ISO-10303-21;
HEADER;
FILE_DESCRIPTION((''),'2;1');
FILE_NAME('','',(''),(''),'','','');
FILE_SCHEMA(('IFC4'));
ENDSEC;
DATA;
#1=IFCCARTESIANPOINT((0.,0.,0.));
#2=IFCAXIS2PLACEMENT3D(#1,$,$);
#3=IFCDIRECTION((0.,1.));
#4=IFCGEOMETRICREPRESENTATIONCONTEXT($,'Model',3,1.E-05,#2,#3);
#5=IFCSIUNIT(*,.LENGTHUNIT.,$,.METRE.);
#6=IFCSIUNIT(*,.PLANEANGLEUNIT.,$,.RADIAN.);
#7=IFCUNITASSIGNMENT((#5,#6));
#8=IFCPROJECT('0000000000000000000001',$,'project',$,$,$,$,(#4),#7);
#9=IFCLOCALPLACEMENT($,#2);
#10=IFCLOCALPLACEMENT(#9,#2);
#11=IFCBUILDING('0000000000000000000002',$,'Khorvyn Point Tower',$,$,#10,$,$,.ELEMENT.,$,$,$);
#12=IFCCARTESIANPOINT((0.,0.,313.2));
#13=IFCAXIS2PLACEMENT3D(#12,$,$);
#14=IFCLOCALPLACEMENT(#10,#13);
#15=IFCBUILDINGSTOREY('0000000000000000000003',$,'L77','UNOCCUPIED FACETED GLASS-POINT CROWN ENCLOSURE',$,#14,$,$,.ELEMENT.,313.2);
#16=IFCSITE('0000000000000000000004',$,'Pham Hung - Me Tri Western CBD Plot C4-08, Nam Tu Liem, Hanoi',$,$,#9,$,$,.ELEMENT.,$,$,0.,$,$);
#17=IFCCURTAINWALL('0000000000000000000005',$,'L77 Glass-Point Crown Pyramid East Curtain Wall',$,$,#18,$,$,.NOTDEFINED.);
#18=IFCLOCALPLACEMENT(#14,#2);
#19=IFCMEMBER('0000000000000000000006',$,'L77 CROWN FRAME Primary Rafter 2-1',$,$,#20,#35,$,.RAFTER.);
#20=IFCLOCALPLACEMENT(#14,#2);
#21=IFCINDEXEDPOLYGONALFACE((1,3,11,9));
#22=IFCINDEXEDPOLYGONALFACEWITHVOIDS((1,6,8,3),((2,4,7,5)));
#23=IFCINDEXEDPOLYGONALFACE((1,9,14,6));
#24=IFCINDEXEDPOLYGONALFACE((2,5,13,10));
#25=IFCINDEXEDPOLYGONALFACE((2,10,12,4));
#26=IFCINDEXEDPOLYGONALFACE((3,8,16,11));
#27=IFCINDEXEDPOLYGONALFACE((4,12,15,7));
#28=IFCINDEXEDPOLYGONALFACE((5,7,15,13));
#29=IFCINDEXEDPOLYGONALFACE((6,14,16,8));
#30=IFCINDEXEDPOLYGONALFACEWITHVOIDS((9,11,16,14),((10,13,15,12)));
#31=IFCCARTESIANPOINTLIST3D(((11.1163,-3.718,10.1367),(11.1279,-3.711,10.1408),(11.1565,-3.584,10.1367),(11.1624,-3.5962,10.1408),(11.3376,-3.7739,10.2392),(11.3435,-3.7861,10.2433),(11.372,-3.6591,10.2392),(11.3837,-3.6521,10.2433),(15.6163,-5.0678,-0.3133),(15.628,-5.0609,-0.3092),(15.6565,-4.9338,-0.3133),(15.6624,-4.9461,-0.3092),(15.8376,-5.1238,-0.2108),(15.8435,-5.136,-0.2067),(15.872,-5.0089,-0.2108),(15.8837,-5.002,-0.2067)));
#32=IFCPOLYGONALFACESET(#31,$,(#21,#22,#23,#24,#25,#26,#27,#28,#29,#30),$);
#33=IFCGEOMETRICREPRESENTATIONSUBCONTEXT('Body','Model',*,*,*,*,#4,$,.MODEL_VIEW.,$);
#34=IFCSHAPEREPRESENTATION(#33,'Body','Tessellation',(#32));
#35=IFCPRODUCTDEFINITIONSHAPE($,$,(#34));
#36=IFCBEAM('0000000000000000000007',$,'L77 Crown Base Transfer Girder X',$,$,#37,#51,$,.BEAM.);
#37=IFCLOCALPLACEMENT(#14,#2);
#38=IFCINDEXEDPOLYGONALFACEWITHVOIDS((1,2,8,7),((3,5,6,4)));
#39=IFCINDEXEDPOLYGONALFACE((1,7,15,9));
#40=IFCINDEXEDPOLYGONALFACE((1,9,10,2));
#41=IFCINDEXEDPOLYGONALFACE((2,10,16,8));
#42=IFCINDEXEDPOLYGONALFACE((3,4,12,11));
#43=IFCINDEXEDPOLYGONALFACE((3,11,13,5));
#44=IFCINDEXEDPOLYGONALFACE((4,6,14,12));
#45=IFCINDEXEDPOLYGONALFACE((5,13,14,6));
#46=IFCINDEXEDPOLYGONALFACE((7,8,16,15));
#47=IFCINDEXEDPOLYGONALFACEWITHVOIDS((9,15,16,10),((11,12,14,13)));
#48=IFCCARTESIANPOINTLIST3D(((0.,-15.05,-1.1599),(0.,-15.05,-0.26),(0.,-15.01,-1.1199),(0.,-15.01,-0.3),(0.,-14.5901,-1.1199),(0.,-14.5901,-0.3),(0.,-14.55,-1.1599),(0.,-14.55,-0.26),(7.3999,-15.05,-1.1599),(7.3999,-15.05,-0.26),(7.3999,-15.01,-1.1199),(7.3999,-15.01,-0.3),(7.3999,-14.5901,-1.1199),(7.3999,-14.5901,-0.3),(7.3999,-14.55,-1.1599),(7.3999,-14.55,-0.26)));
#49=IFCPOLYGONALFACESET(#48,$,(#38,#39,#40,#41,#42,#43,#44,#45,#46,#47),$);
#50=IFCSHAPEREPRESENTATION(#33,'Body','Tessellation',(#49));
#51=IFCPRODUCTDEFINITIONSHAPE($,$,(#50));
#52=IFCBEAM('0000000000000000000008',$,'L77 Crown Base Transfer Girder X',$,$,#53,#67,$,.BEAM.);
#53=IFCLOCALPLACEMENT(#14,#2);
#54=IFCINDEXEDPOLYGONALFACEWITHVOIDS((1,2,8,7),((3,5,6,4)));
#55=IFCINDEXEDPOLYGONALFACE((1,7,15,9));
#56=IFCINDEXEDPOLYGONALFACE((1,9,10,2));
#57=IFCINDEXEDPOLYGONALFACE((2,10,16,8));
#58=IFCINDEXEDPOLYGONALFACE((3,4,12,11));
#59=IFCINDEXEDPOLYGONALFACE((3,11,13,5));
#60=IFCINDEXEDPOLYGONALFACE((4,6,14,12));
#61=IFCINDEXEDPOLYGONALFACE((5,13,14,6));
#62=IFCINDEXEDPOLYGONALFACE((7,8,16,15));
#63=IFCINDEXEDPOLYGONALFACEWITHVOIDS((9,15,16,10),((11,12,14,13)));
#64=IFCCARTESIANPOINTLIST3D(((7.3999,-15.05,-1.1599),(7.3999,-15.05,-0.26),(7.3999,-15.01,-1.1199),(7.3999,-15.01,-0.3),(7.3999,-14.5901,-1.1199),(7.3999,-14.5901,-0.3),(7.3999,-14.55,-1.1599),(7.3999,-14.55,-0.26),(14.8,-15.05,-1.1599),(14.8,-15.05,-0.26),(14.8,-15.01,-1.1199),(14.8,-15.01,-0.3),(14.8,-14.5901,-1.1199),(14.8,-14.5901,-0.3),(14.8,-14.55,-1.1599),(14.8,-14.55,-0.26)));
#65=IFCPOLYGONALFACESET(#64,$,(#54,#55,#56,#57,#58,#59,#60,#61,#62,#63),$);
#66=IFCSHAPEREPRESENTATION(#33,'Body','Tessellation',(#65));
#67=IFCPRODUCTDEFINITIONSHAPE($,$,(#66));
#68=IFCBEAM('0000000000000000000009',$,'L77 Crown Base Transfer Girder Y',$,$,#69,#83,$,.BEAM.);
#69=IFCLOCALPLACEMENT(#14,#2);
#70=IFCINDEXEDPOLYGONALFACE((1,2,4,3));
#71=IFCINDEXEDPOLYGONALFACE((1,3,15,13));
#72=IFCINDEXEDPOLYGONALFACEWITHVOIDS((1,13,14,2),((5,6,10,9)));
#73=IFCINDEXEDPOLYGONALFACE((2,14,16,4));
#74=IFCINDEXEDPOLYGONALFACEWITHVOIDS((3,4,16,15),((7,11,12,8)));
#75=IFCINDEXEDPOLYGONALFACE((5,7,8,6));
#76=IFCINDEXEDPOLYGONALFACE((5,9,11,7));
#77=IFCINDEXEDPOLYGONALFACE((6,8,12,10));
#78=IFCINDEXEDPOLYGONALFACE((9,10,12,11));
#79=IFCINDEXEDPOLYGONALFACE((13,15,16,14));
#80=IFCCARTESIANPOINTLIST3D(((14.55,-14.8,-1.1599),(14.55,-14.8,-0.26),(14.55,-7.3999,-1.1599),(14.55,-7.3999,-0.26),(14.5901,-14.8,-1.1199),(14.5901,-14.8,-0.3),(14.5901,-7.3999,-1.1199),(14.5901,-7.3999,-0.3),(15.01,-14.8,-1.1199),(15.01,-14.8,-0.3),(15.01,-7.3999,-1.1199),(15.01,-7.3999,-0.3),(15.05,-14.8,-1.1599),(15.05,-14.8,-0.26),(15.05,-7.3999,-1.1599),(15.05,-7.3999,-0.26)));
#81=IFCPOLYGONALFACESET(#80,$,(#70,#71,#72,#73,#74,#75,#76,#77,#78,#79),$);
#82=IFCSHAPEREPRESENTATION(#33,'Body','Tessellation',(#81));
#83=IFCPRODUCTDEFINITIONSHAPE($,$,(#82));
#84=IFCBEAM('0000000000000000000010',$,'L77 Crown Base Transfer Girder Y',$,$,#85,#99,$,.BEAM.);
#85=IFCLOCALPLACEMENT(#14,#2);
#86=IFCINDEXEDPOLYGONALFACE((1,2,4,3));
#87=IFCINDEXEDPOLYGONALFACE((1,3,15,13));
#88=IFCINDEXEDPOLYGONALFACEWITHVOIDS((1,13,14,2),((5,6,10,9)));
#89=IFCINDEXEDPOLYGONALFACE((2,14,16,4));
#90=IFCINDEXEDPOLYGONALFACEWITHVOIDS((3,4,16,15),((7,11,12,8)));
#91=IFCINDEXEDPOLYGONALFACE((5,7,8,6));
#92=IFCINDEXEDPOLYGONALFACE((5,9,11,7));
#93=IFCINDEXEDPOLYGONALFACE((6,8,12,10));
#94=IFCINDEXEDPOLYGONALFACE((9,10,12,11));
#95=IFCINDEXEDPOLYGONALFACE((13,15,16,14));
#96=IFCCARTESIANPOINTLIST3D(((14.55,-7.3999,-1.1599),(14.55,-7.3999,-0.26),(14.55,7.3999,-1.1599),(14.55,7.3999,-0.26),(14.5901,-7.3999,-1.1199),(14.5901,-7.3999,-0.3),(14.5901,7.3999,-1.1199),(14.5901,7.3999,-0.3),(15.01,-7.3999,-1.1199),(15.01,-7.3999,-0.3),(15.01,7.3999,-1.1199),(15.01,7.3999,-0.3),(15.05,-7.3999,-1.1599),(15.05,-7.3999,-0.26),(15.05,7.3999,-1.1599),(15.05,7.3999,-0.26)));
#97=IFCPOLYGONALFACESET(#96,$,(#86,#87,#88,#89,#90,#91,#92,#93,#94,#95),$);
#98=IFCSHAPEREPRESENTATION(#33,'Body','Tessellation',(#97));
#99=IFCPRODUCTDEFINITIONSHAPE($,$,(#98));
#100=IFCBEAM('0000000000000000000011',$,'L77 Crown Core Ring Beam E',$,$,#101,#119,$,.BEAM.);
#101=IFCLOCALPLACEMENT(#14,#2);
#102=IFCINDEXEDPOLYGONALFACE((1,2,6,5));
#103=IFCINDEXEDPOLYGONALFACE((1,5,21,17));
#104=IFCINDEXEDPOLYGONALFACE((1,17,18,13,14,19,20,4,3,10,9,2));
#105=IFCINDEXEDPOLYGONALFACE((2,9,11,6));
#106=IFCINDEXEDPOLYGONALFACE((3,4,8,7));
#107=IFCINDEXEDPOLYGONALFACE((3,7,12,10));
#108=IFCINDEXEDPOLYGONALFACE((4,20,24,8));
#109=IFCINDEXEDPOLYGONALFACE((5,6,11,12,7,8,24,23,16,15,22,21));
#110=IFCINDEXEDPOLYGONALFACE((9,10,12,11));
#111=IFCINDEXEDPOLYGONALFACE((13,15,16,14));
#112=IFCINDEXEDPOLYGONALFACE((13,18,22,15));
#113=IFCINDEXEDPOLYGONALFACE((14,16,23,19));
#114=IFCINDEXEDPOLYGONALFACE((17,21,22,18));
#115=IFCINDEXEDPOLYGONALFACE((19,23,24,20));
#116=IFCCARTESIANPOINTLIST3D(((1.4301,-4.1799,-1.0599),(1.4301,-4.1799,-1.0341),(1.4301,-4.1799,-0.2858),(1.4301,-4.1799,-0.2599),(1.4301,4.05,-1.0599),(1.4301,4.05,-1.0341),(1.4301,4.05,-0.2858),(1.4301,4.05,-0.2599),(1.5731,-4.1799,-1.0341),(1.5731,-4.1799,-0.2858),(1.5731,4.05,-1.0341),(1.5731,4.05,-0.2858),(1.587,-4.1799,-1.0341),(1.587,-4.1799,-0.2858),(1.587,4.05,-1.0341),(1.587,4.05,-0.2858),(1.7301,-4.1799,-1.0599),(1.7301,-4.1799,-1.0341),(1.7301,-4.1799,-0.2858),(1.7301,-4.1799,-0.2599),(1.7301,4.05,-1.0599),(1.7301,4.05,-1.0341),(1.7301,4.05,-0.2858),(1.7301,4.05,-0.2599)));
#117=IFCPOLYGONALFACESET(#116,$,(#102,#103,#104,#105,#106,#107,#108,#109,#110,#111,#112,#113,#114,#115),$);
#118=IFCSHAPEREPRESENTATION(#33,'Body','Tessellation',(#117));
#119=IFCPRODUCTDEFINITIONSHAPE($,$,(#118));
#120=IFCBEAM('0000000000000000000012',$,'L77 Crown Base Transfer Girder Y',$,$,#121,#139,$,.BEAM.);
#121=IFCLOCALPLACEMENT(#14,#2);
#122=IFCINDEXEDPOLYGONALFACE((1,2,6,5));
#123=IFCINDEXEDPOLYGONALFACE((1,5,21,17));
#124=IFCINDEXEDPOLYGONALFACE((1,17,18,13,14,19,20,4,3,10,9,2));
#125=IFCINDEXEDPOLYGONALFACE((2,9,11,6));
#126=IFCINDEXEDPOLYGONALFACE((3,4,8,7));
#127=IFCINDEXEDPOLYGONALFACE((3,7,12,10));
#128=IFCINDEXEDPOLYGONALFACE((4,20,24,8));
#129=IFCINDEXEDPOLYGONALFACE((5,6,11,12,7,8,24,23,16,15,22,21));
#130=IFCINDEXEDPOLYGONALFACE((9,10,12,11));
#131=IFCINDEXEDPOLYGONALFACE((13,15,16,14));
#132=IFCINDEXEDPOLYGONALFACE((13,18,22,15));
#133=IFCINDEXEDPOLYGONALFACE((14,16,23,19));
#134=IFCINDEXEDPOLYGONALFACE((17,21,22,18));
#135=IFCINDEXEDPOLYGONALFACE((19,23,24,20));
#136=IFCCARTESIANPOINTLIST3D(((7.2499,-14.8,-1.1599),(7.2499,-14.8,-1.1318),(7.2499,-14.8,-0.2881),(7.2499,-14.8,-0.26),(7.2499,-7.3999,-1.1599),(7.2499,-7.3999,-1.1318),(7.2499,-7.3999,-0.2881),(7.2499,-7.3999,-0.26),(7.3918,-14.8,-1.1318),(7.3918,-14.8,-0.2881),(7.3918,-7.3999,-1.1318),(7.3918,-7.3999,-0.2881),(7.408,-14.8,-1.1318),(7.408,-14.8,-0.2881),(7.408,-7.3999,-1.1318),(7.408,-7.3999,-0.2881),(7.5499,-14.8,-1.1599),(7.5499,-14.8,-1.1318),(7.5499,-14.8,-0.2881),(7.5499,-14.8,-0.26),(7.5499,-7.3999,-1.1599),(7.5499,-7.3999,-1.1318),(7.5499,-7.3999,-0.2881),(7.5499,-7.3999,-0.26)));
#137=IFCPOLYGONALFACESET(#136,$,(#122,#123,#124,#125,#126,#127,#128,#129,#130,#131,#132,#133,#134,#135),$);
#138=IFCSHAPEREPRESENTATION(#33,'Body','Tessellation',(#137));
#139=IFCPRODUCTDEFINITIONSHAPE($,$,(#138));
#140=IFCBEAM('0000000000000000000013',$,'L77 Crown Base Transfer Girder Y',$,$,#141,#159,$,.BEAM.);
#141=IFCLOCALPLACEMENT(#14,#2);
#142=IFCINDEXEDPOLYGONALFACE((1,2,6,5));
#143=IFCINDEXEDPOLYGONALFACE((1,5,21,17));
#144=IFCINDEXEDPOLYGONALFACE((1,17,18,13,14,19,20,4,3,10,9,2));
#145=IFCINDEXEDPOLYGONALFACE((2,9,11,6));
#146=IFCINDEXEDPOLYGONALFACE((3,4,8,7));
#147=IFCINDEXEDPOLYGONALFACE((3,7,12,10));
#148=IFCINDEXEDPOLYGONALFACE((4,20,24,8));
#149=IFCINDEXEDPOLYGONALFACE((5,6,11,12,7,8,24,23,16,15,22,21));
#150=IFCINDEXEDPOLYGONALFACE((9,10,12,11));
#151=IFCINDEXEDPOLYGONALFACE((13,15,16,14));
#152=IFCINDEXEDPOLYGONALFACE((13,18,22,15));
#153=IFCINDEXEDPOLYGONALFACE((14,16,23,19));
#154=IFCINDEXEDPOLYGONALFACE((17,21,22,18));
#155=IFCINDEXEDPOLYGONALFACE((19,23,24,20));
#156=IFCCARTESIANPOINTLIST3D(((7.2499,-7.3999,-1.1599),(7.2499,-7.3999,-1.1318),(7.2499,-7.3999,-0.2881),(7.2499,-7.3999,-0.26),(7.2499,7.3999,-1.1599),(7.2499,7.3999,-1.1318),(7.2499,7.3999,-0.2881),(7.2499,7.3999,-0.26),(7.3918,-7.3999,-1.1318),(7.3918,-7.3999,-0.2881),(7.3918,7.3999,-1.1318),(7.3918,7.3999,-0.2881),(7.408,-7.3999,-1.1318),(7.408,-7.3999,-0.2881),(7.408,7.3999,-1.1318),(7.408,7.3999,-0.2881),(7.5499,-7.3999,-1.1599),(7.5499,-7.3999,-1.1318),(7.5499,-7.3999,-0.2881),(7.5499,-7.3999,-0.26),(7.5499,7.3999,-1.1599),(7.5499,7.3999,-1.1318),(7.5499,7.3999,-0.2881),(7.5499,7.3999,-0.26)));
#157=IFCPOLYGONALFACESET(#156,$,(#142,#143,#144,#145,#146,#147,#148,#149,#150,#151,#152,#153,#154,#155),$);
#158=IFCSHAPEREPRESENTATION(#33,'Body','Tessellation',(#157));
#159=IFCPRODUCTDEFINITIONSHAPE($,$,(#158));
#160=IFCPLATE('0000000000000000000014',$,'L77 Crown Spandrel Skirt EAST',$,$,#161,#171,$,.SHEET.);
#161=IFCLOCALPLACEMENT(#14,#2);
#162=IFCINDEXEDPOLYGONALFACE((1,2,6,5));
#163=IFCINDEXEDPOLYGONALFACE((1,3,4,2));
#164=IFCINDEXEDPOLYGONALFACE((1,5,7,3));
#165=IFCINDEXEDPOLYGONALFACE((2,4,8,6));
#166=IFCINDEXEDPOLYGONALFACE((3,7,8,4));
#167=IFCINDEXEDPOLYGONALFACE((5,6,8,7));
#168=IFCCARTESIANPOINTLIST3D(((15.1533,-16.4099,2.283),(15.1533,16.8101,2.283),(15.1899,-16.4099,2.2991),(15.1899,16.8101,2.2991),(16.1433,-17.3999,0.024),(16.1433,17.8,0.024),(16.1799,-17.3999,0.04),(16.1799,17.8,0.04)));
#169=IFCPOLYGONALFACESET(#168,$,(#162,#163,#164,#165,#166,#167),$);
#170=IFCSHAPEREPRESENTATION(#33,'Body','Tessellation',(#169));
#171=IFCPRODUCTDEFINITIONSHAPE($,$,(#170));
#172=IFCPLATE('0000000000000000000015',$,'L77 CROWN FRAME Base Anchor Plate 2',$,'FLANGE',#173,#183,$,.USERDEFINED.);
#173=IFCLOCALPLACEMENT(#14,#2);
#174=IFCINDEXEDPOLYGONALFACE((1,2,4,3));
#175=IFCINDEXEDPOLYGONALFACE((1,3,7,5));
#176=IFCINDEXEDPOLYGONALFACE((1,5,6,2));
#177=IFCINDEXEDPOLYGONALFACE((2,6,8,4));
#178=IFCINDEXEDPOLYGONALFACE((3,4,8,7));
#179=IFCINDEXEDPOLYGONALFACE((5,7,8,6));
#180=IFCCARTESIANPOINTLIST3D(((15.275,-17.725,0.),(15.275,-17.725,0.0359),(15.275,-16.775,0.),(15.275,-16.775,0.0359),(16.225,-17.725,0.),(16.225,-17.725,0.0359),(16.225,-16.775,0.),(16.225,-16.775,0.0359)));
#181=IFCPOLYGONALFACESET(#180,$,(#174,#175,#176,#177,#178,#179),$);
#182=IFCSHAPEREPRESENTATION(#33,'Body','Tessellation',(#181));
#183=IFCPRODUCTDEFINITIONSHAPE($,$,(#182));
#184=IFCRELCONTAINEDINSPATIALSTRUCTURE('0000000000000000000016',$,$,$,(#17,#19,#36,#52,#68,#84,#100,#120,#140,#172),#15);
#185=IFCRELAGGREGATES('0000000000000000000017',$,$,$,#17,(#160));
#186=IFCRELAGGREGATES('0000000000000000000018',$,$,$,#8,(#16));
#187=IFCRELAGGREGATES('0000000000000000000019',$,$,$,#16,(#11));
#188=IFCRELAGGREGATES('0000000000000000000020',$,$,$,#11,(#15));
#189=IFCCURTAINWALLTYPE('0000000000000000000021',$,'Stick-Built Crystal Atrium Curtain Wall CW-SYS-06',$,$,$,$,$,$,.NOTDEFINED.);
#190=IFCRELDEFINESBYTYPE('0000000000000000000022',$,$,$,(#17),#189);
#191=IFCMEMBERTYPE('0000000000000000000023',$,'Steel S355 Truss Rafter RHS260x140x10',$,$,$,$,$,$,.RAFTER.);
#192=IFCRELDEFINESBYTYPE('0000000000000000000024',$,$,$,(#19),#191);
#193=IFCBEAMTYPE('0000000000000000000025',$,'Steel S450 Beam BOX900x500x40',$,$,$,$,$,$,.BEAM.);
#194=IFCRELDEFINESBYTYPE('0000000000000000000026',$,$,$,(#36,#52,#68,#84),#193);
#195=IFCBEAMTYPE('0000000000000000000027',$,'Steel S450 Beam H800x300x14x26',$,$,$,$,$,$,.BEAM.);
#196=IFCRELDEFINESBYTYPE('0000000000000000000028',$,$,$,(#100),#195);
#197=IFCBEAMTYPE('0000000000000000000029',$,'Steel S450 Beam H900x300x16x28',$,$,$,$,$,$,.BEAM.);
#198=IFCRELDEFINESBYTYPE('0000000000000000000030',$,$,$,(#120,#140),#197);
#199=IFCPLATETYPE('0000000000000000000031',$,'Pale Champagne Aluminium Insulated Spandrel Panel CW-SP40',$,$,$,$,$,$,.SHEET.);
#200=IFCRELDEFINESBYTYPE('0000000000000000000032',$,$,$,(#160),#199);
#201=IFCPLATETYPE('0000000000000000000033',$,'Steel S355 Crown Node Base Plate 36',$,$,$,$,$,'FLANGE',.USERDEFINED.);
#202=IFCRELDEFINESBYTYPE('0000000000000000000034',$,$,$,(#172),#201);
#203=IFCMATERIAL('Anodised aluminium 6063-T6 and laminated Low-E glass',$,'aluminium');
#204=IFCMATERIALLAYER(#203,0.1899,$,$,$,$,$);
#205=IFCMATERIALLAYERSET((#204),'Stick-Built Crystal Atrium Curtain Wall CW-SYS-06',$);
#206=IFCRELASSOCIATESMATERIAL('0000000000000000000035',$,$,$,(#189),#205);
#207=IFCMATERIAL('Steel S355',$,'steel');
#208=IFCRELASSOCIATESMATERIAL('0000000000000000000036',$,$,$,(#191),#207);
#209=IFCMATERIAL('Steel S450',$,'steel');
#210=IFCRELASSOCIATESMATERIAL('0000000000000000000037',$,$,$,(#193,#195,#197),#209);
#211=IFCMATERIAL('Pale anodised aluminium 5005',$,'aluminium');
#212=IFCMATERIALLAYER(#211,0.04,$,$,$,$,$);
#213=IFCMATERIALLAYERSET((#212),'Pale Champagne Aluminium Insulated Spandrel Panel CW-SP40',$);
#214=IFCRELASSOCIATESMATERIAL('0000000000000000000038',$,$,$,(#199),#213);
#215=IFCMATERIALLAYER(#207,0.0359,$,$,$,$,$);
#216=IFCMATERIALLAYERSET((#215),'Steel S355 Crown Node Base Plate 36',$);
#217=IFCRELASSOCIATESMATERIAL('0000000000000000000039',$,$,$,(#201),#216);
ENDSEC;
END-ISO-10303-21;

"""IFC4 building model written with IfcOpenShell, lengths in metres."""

from ifc_helpers import new_model, si_unit, direction, frame, origin, origin_2d, place, context, subcontext, project, spatial, polyline, rectangle, hollow_rectangle, i_section, outline, extrude, material, layer, layer_set, material_profile, profile_set, type_object, element, aggregate, save


model = new_model("IFC4")

# Units and contexts
model_context = context("Model", 3, precision=1e-05, world=origin(), true_north=direction((0.0, 1.0)))
body_context = subcontext(model_context, "Body", "Model", "MODEL_VIEW")
ifc_project = project(units=[si_unit("LENGTHUNIT", "METRE"), si_unit("PLANEANGLEUNIT", "RADIAN")], contexts=[model_context])

# Site, building, storey
site_placement = place(None, origin())
site = spatial("IfcSite", under=ifc_project, at=site_placement, Name="Pham Hung - Me Tri Western CBD Plot C4-08, Nam Tu Liem, Hanoi", CompositionType="ELEMENT", RefElevation=0.0)
building_placement = place(site_placement, origin())
building = spatial("IfcBuilding", under=site, at=building_placement, Name="Khorvyn Point Tower", CompositionType="ELEMENT")
storey_placement = place(building_placement, frame((0.0, 0.0, 313.2)))
storey = spatial("IfcBuildingStorey", under=building, at=storey_placement, Name="L77", Description="UNOCCUPIED FACETED GLASS-POINT CROWN ENCLOSURE", CompositionType="ELEMENT", Elevation=313.2)

# Shared definitions
ifc_material_1 = material(Name="Steel S355", Category="steel")

# Curtain wall
ifc_material_2 = material(Name="Anodised aluminium 6063-T6 and laminated Low-E glass", Category="aluminium")
ifc_layer_1 = layer(ifc_material_2, 0.1899)
ifc_layer_set_1 = layer_set([ifc_layer_1], Name="Stick-Built Crystal Atrium Curtain Wall CW-SYS-06")
curtain_wall_type = type_object("IfcCurtainWallType", Name="Stick-Built Crystal Atrium Curtain Wall CW-SYS-06", PredefinedType="NOTDEFINED", material=ifc_layer_set_1)
curtain_wall_placement = place(storey_placement, origin())
curtain_wall = element("IfcCurtainWall", 1, at=curtain_wall_placement, inside=storey, type_object=curtain_wall_type, Name="L77 Glass-Point Crown Pyramid East Curtain Wall", PredefinedType="NOTDEFINED")

# Member
ifc_material_profile_1 = material_profile(ifc_material_1, hollow_rectangle(XDim=0.1399, YDim=0.26, WallThickness=0.01, at=origin_2d()))
ifc_profile_set_1 = profile_set([ifc_material_profile_1], Name="Steel S355 RHS260x140x10")
member_type_1 = type_object("IfcMemberType", Name="Steel S355 Truss Rafter RHS260x140x10", PredefinedType="RAFTER", material=ifc_profile_set_1)
for number, where, z_axis, x_axis, name in (
    (2, (15.75, -5.0349, -0.26), (-0.392757, 0.117814, 0.912065), (-0.287319, -0.957835, 0.0), "L77 CROWN FRAME Primary Rafter 2-1"),
):
    element("IfcMember", number, at=place(storey_placement, frame(where, z_axis=z_axis, x_axis=x_axis)), inside=storey, type_object=member_type_1, Name=name, PredefinedType="RAFTER", context=body_context, shape_type="SweptSolid", body=[
        extrude(hollow_rectangle(XDim=0.1399, YDim=0.26, WallThickness=0.01, at=origin_2d()), origin(), (0.0, 0.0, 1.0), 11.4575),
    ])

# Beams
ifc_material_3 = material(Name="Steel S450", Category="steel")
ifc_material_profile_2 = material_profile(ifc_material_3, hollow_rectangle(XDim=0.5, YDim=0.8999, WallThickness=0.04, at=origin_2d()))
ifc_profile_set_2 = profile_set([ifc_material_profile_2], Name="Steel S450 BOX900x500x40")
beam_type_1 = type_object("IfcBeamType", Name="Steel S450 Beam BOX900x500x40", PredefinedType="BEAM", material=ifc_profile_set_2)
beam_1_placement = place(storey_placement, frame((0.0, -14.8, -0.71), z_axis=(1.0, 0.0, 0.0), x_axis=(0.0, 1.0, 0.0)))
element("IfcBeam", 3, at=beam_1_placement, inside=storey, type_object=beam_type_1, Name="L77 Crown Base Transfer Girder X", PredefinedType="BEAM", context=body_context, shape_type="SweptSolid", body=[
    extrude(hollow_rectangle(XDim=0.5, YDim=0.8999, WallThickness=0.04, at=origin_2d()), origin(), (0.0, 0.0, 1.0), 7.3999),
])
for number, where, z_axis, x_axis, name in (
    (4, (7.3999, -14.8, -0.71), (1.0, 0.0, 0.0), (0.0, 1.0, 0.0), "L77 Crown Base Transfer Girder X"),
    (5, (14.8, -14.8, -0.71), (0.0, 1.0, 0.0), (-1.0, 0.0, 0.0), "L77 Crown Base Transfer Girder Y"),
):
    element("IfcBeam", number, at=place(storey_placement, frame(where, z_axis=z_axis, x_axis=x_axis)), inside=storey, type_object=beam_type_1, Name=name, PredefinedType="BEAM", context=body_context, shape_type="SweptSolid", body=[
        extrude(hollow_rectangle(XDim=0.5, YDim=0.8999, WallThickness=0.04, at=origin_2d()), origin(), (0.0, 0.0, 1.0), 7.4001),
    ])
beam_2_placement = place(storey_placement, frame((14.8, -7.3999, -0.71), z_axis=(0.0, 1.0, 0.0), x_axis=(-1.0, 0.0, 0.0)))
element("IfcBeam", 6, at=beam_2_placement, inside=storey, type_object=beam_type_1, Name="L77 Crown Base Transfer Girder Y", PredefinedType="BEAM", context=body_context, shape_type="SweptSolid", body=[
    extrude(hollow_rectangle(XDim=0.5, YDim=0.8999, WallThickness=0.04, at=origin_2d()), origin(), (0.0, 0.0, 1.0), 14.7998),
])
ifc_material_profile_3 = material_profile(ifc_material_3, i_section(OverallWidth=0.3, OverallDepth=0.8, WebThickness=0.0139, FlangeThickness=0.0259, at=origin_2d()))
ifc_profile_set_3 = profile_set([ifc_material_profile_3], Name="Steel S450 H800x300x14x26")
beam_type_2 = type_object("IfcBeamType", Name="Steel S450 Beam H800x300x14x26", PredefinedType="BEAM", material=ifc_profile_set_3)
beam_3_placement = place(storey_placement, frame((1.5801, -4.1799, -0.6599), z_axis=(0.0, 1.0, 0.0), x_axis=(-1.0, 0.0, 0.0)))
element("IfcBeam", 7, at=beam_3_placement, inside=storey, type_object=beam_type_2, Name="L77 Crown Core Ring Beam E", PredefinedType="BEAM", context=body_context, shape_type="SweptSolid", body=[
    extrude(i_section(OverallWidth=0.3, OverallDepth=0.8, WebThickness=0.0139, FlangeThickness=0.0259, at=origin_2d()), origin(), (0.0, 0.0, 1.0), 8.23),
])
ifc_material_profile_4 = material_profile(ifc_material_3, i_section(OverallWidth=0.3, OverallDepth=0.8999, WebThickness=0.0161, FlangeThickness=0.0281, at=origin_2d()))
ifc_profile_set_4 = profile_set([ifc_material_profile_4], Name="Steel S450 H900x300x16x28")
beam_type_3 = type_object("IfcBeamType", Name="Steel S450 Beam H900x300x16x28", PredefinedType="BEAM", material=ifc_profile_set_4)
beam_4_placement = place(storey_placement, frame((7.3999, -14.8, -0.71), z_axis=(0.0, 1.0, 0.0), x_axis=(-1.0, 0.0, 0.0)))
element("IfcBeam", 8, at=beam_4_placement, inside=storey, type_object=beam_type_3, Name="L77 Crown Base Transfer Girder Y", PredefinedType="BEAM", context=body_context, shape_type="SweptSolid", body=[
    extrude(i_section(OverallWidth=0.3, OverallDepth=0.8999, WebThickness=0.0161, FlangeThickness=0.0281, at=origin_2d()), origin(), (0.0, 0.0, 1.0), 7.4001),
])
beam_5_placement = place(storey_placement, frame((7.3999, -7.3999, -0.71), z_axis=(0.0, 1.0, 0.0), x_axis=(-1.0, 0.0, 0.0)))
element("IfcBeam", 9, at=beam_5_placement, inside=storey, type_object=beam_type_3, Name="L77 Crown Base Transfer Girder Y", PredefinedType="BEAM", context=body_context, shape_type="SweptSolid", body=[
    extrude(i_section(OverallWidth=0.3, OverallDepth=0.8999, WebThickness=0.0161, FlangeThickness=0.0281, at=origin_2d()), origin(), (0.0, 0.0, 1.0), 14.7998),
])

# Plates
ifc_material_4 = material(Name="Pale anodised aluminium 5005", Category="aluminium")
ifc_layer_2 = layer(ifc_material_4, 0.04)
ifc_layer_set_2 = layer_set([ifc_layer_2], Name="Pale Champagne Aluminium Insulated Spandrel Panel CW-SP40")
plate_type_1 = type_object("IfcPlateType", Name="Pale Champagne Aluminium Insulated Spandrel Panel CW-SP40", PredefinedType="SHEET", material=ifc_layer_set_2)
plate_1_placement = place(storey_placement, frame((16.1799, -17.3999, 0.04), z_axis=(0.91591, 0.0, 0.401385), x_axis=(0.0, 1.0, 0.0)))
plate_1 = element("IfcPlate", 10, at=plate_1_placement, type_object=plate_type_1, Name="L77 Crown Spandrel Skirt EAST", PredefinedType="SHEET", context=body_context, shape_type="SweptSolid", body=[
    extrude(outline(polyline([(0.0, 0.0), (35.2, 0.0), (34.21, 2.4664), (0.99, 2.4664), (0.0, 0.0)])), origin(), (0.0, 0.0, -1.0), 0.04),
])
ifc_layer_3 = layer(ifc_material_1, 0.0359)
ifc_layer_set_3 = layer_set([ifc_layer_3], Name="Steel S355 Crown Node Base Plate 36")
plate_type_2 = type_object("IfcPlateType", Name="Steel S355 Crown Node Base Plate 36", ElementType="FLANGE", PredefinedType="USERDEFINED", material=ifc_layer_set_3)
plate_2_placement = place(storey_placement, frame((15.75, -17.25, 0.0), z_axis=(0.0, 0.0, 1.0), x_axis=(1.0, 0.0, 0.0)))
element("IfcPlate", 11, at=plate_2_placement, inside=storey, type_object=plate_type_2, Name="L77 CROWN FRAME Base Anchor Plate 2", ObjectType="FLANGE", PredefinedType="USERDEFINED", context=body_context, shape_type="SweptSolid", body=[
    extrude(rectangle(XDim=0.95, YDim=0.95, at=origin_2d()), origin(), (0.0, 0.0, 1.0), 0.0359),
])
aggregate(curtain_wall, [plate_1])

save(model, "model.ifc")
